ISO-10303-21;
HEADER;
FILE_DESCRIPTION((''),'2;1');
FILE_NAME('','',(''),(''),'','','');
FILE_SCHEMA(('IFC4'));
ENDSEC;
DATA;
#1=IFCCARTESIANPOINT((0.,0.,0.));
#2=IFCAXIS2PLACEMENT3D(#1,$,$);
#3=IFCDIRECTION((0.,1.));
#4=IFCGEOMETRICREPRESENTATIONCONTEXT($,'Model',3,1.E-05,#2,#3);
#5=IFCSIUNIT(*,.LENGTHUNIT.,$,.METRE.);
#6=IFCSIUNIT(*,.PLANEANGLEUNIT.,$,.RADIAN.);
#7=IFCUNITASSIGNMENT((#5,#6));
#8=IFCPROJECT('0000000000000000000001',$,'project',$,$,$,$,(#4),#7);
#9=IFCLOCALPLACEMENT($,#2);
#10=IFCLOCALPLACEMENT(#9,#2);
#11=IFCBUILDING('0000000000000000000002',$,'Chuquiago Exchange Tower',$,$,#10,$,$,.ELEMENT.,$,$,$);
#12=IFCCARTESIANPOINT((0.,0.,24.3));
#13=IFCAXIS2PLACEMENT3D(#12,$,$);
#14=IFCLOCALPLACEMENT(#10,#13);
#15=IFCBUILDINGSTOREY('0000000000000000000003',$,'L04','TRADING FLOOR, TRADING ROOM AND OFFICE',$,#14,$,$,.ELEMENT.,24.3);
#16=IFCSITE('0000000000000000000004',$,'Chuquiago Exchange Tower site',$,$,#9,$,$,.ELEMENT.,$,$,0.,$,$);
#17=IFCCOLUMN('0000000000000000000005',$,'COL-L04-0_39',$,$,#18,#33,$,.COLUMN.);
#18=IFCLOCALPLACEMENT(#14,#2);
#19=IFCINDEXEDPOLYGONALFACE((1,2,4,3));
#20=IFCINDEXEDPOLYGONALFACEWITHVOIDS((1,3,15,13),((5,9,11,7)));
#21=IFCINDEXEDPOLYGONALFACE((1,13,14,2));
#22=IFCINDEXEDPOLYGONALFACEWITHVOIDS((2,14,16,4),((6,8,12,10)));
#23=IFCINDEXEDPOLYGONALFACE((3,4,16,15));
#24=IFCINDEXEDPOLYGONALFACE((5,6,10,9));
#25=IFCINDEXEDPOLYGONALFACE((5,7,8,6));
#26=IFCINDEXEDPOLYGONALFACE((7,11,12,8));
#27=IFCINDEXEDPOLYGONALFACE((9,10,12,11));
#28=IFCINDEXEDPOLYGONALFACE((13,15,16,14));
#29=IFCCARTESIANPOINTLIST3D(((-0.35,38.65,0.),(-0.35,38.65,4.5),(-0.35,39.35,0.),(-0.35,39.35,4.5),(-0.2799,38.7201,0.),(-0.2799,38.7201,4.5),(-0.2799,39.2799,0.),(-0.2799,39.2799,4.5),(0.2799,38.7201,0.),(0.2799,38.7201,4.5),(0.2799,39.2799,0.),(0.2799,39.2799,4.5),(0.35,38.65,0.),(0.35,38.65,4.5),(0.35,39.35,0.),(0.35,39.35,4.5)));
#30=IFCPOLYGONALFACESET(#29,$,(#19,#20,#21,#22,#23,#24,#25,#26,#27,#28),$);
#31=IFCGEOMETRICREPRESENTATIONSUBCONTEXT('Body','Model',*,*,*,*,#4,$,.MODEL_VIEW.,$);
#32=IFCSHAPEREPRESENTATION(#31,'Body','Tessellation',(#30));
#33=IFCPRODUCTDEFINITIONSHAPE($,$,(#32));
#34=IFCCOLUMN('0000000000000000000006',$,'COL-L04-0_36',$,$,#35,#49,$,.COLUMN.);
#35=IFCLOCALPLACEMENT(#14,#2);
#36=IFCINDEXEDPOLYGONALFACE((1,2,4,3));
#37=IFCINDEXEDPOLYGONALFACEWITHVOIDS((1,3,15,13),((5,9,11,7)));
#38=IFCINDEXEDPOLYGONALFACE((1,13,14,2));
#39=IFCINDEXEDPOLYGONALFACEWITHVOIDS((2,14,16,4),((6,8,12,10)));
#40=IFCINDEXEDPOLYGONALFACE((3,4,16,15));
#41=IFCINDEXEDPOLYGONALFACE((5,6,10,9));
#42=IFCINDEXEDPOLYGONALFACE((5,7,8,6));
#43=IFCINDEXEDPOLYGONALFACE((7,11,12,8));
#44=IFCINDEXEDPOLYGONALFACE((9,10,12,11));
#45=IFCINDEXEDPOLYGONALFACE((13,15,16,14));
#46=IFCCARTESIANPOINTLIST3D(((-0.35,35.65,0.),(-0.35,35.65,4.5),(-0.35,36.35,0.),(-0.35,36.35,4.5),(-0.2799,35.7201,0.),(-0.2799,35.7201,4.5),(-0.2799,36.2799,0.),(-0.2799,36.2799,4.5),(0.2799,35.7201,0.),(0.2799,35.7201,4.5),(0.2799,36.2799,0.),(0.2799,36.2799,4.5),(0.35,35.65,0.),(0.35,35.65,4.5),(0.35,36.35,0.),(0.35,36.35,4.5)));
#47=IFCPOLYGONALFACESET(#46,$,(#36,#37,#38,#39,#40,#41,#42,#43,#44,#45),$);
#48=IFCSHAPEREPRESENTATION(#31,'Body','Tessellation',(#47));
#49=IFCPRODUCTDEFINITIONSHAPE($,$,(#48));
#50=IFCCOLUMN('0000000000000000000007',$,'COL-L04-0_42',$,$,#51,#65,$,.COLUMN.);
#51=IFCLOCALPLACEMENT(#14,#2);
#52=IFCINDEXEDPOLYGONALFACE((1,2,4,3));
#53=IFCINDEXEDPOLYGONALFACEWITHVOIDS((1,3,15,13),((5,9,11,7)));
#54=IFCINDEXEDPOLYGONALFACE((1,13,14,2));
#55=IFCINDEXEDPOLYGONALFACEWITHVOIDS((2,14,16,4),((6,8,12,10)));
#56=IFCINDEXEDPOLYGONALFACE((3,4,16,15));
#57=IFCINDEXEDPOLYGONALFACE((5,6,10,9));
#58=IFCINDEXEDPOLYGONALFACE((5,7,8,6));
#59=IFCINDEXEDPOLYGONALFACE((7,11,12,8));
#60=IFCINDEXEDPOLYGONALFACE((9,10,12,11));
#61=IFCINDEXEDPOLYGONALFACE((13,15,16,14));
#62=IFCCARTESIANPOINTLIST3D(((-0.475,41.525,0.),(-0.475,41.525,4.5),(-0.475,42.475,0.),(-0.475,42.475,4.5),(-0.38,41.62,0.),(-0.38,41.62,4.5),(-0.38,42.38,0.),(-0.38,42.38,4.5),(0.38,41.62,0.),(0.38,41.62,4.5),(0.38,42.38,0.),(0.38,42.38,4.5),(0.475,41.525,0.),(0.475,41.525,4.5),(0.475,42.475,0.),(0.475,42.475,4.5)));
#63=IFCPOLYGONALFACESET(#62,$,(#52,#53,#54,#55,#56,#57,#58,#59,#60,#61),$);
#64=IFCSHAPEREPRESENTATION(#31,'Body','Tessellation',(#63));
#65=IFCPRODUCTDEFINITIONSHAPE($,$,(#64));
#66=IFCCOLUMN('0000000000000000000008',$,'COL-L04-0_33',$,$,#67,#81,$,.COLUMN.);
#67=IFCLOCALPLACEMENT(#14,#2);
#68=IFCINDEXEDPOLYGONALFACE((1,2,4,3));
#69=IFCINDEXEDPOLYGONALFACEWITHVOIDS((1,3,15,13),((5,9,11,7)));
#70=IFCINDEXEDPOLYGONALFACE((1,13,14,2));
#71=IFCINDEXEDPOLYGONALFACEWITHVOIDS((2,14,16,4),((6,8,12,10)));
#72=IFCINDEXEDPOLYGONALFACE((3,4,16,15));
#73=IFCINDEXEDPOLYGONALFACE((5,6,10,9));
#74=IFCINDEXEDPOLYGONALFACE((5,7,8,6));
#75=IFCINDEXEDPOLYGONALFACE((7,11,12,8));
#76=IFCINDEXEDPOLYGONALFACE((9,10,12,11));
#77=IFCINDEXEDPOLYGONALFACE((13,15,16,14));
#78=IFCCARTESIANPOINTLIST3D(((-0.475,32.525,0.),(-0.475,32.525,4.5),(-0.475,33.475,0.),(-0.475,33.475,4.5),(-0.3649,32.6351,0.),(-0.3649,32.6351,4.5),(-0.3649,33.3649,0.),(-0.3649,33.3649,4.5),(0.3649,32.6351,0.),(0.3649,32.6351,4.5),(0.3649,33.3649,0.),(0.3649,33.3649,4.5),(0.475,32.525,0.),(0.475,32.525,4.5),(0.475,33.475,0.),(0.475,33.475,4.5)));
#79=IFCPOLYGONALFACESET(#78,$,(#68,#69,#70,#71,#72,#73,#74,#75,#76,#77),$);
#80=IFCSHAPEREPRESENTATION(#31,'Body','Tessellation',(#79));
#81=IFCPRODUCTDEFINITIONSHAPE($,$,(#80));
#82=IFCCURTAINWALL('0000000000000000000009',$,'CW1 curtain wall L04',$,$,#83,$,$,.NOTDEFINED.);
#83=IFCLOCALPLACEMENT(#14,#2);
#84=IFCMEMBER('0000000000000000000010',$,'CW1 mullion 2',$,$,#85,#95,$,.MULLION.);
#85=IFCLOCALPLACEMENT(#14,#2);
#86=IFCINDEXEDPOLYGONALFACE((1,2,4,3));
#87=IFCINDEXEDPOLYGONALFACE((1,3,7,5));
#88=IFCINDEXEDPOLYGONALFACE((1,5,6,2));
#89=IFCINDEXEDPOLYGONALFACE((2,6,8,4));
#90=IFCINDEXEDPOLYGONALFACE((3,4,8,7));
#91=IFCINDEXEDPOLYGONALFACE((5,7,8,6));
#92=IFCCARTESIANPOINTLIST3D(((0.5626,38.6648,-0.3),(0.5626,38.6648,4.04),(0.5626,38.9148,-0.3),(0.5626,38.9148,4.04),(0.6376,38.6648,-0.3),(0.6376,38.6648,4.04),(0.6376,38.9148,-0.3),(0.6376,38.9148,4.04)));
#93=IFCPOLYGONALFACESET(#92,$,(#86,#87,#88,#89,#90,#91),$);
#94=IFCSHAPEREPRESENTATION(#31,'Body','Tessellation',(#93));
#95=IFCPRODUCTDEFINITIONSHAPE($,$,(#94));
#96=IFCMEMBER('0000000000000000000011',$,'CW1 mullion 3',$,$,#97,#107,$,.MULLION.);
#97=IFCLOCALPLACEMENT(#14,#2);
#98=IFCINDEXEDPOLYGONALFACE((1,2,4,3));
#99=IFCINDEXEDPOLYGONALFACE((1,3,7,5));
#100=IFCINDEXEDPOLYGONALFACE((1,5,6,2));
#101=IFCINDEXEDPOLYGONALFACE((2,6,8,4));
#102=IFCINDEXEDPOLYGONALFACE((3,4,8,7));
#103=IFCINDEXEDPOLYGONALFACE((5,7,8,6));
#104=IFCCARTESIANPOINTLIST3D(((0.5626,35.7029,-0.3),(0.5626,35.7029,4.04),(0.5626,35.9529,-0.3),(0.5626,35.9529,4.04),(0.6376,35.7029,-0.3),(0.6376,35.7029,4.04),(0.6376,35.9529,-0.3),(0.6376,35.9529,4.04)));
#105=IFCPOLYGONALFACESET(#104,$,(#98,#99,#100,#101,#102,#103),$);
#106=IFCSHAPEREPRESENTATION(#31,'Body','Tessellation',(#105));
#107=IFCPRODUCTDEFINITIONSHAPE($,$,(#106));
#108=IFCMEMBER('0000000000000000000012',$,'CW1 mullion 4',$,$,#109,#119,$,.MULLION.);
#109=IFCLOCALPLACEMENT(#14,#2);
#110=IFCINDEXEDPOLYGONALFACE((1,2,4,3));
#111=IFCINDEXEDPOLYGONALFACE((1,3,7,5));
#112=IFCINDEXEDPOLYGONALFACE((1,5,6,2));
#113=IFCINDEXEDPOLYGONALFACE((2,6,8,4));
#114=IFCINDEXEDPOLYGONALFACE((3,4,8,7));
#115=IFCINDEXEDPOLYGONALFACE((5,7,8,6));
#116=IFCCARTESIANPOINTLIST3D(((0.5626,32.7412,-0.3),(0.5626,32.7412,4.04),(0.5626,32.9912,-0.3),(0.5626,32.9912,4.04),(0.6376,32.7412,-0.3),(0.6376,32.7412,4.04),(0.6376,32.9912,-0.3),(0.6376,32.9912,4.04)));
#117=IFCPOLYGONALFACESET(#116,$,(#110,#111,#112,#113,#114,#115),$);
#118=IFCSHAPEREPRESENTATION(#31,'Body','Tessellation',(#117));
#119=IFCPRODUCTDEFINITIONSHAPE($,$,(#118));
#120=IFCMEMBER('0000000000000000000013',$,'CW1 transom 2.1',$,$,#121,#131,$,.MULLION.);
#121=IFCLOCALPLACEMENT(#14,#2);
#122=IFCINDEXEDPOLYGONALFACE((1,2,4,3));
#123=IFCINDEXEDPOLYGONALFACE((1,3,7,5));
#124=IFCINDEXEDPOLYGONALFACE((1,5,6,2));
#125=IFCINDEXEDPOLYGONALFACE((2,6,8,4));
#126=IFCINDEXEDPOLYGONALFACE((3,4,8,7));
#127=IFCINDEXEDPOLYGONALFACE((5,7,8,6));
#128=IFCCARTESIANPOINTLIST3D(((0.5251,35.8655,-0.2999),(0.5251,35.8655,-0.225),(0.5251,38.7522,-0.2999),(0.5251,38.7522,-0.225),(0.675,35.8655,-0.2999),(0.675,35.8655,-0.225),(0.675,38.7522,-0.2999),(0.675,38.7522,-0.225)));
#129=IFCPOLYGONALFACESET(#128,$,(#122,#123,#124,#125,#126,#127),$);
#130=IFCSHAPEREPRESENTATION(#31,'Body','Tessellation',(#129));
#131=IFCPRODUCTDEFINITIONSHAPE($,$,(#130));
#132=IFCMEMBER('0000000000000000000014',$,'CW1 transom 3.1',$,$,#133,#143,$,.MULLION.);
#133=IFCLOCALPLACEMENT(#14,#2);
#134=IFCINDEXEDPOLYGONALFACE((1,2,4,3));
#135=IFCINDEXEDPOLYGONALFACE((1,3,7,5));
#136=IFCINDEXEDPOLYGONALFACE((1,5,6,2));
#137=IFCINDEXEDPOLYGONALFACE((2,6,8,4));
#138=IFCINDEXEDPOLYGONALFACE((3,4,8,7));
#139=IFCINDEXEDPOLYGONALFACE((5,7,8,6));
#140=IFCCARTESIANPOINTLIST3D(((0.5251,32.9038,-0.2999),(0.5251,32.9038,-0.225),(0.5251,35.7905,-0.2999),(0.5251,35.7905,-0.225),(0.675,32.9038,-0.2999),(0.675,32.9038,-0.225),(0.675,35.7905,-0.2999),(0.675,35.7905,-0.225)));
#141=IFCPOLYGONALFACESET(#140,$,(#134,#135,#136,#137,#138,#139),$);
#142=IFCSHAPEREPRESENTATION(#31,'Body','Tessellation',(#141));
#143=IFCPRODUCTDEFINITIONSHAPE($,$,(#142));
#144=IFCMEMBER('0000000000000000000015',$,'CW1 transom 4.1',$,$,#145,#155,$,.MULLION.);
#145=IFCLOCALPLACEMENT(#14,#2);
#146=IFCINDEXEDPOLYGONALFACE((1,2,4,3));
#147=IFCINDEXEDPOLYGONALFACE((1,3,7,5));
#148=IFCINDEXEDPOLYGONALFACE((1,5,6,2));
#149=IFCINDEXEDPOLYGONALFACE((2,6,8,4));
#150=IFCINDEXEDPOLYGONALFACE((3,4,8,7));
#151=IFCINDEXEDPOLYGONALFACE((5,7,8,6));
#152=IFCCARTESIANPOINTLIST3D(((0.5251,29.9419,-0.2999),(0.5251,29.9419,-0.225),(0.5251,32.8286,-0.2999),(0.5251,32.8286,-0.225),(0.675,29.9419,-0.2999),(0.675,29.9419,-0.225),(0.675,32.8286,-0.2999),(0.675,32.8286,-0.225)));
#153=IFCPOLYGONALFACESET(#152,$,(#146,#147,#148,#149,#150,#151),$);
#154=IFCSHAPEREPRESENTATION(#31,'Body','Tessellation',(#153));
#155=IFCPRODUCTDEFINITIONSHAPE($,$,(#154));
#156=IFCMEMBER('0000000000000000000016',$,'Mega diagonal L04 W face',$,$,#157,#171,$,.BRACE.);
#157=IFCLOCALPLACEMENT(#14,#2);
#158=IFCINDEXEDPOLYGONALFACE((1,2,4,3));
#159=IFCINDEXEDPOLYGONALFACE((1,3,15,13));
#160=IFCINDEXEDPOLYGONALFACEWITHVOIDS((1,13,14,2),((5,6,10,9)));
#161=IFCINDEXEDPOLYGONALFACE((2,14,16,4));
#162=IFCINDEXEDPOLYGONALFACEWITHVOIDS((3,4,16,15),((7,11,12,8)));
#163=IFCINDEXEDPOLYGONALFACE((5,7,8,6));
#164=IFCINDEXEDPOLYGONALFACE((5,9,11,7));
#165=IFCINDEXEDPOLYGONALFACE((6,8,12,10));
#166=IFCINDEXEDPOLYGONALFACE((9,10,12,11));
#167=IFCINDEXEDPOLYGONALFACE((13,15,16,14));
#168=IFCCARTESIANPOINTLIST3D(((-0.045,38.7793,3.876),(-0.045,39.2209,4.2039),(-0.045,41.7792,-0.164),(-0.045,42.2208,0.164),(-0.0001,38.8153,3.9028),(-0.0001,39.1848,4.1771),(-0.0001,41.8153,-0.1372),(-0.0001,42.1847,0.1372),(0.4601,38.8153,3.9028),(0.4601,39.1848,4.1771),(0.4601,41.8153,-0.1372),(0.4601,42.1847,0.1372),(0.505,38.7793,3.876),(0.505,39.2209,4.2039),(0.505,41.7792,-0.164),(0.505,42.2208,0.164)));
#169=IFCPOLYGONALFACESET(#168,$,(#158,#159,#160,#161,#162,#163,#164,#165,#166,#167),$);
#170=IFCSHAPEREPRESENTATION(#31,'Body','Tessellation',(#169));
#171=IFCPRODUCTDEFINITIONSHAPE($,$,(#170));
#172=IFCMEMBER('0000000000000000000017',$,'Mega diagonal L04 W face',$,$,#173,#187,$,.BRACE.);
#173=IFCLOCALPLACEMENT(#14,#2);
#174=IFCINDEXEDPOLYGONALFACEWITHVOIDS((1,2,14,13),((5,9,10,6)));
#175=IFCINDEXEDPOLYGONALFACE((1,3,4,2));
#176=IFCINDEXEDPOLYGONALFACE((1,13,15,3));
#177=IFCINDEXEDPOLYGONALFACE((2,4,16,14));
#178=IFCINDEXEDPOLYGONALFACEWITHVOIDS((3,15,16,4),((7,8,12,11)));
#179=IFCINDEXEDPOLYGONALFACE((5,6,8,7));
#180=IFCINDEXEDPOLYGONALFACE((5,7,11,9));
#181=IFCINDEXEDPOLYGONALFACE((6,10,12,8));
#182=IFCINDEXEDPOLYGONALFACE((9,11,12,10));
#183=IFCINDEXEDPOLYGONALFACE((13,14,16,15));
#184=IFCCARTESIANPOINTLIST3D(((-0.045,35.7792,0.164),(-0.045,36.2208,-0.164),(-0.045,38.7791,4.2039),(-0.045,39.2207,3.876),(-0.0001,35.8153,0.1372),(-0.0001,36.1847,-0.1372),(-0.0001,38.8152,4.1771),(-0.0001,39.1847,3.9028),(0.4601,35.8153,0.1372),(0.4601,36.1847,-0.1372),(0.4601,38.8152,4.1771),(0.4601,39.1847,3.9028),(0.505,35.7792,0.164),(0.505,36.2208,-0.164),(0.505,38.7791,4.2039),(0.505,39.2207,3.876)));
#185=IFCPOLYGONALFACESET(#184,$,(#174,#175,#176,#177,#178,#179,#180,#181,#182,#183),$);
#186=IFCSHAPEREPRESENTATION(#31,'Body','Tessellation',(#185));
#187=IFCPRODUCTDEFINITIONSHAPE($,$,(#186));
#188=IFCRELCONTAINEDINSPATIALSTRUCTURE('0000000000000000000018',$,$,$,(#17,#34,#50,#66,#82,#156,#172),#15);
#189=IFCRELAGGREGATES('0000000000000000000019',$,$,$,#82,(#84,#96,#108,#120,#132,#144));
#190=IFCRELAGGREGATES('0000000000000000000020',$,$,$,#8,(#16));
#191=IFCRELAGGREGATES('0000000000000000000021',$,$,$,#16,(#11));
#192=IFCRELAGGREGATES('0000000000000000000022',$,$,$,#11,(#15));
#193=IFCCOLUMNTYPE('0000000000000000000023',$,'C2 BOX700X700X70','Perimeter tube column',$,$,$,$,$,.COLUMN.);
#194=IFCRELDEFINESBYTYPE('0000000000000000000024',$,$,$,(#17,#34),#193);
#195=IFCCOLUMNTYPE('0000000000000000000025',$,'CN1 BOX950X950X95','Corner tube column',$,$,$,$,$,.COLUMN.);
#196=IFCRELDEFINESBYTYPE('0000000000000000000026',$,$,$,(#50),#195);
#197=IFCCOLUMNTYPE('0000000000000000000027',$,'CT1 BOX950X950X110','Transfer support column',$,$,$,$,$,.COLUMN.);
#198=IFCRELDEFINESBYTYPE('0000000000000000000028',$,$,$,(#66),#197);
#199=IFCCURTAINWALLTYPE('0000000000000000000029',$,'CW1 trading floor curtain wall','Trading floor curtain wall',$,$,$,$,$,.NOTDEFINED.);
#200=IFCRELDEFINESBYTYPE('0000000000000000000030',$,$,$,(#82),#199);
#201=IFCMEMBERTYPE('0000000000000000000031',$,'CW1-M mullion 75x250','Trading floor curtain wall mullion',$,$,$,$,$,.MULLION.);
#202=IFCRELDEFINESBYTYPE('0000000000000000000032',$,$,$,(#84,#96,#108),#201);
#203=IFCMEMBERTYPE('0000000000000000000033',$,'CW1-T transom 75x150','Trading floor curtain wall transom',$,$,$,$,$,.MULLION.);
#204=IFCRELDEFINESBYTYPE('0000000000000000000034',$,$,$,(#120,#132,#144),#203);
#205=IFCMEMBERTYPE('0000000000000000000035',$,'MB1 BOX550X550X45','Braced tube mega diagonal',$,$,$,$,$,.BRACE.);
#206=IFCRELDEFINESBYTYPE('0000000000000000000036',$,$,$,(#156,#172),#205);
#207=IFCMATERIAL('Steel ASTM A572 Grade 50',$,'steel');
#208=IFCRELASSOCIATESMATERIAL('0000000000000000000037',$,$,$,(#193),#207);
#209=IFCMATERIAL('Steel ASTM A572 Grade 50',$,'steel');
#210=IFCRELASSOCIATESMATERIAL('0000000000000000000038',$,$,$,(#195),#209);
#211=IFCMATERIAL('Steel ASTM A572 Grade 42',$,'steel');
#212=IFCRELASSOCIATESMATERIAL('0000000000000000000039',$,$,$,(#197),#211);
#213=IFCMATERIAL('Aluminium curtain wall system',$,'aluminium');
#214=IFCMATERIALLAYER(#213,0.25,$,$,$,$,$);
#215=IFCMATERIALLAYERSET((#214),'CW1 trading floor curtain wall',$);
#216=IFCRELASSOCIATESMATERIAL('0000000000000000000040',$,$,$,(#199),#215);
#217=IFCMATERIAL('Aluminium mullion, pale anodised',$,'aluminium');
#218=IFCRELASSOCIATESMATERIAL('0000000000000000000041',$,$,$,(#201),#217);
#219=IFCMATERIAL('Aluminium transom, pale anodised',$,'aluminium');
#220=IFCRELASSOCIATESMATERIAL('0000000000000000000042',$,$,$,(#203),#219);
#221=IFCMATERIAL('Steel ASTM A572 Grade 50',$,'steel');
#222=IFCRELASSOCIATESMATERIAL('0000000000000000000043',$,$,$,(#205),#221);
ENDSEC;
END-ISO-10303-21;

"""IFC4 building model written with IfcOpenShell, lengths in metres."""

from ifc_helpers import new_model, si_unit, direction, frame, origin, origin_2d, place, context, subcontext, project, spatial, rectangle, hollow_rectangle, extrude, material, layer, layer_set, material_profile, profile_set, type_object, element, aggregate, save


model = new_model("IFC4")

# Units and contexts
model_context = context("Model", 3, precision=1e-05, world=origin(), true_north=direction((0.0, 1.0)))
body_context = subcontext(model_context, "Body", "Model", "MODEL_VIEW")
ifc_project = project(units=[si_unit("LENGTHUNIT", "METRE"), si_unit("PLANEANGLEUNIT", "RADIAN")], contexts=[model_context])

# Site, building, storey
site_placement = place(None, origin())
site = spatial("IfcSite", under=ifc_project, at=site_placement, Name="Chuquiago Exchange Tower site", CompositionType="ELEMENT", RefElevation=0.0)
building_placement = place(site_placement, origin())
building = spatial("IfcBuilding", under=site, at=building_placement, Name="Chuquiago Exchange Tower", CompositionType="ELEMENT")
storey_placement = place(building_placement, frame((0.0, 0.0, 24.3)))
storey = spatial("IfcBuildingStorey", under=building, at=storey_placement, Name="L04", Description="TRADING FLOOR, TRADING ROOM AND OFFICE", CompositionType="ELEMENT", Elevation=24.3)

# Columns
ifc_material_1 = material(Name="Steel ASTM A572 Grade 50", Category="steel")
ifc_material_profile_1 = material_profile(ifc_material_1, hollow_rectangle(XDim=0.7, YDim=0.7, WallThickness=0.0701, at=origin_2d()), Name="BOX700X700X70")
ifc_profile_set_1 = profile_set([ifc_material_profile_1], Name="Steel ASTM A572 Grade 50")
column_type_1 = type_object("IfcColumnType", Name="C2 BOX700X700X70", Description="Perimeter tube column", PredefinedType="COLUMN", material=ifc_profile_set_1)
for number, where, z_axis, x_axis, name in (
    (1, (0.0, 39.0, 0.0), (0.0, 0.0, 1.0), (-1.0, 0.0, 0.0), "COL-L04-0_39"),
    (2, (0.0, 36.0, 0.0), (0.0, 0.0, 1.0), (-1.0, 0.0, 0.0), "COL-L04-0_36"),
):
    element("IfcColumn", number, at=place(storey_placement, frame(where, z_axis=z_axis, x_axis=x_axis)), inside=storey, type_object=column_type_1, Name=name, PredefinedType="COLUMN", context=body_context, shape_type="SweptSolid", body=[
        extrude(hollow_rectangle(XDim=0.7, YDim=0.7, WallThickness=0.0701, at=origin_2d()), origin(), (0.0, 0.0, 1.0), 4.5),
    ])
ifc_material_2 = material(Name="Steel ASTM A572 Grade 50", Category="steel")
ifc_material_profile_2 = material_profile(ifc_material_2, hollow_rectangle(XDim=0.95, YDim=0.95, WallThickness=0.095, at=origin_2d()), Name="BOX950X950X95")
ifc_profile_set_2 = profile_set([ifc_material_profile_2], Name="Steel ASTM A572 Grade 50")
column_type_2 = type_object("IfcColumnType", Name="CN1 BOX950X950X95", Description="Corner tube column", PredefinedType="COLUMN", material=ifc_profile_set_2)
column_1_placement = place(storey_placement, frame((0.0, 42.0, 0.0), z_axis=(0.0, 0.0, 1.0), x_axis=(-1.0, 0.0, 0.0)))
element("IfcColumn", 3, at=column_1_placement, inside=storey, type_object=column_type_2, Name="COL-L04-0_42", PredefinedType="COLUMN", context=body_context, shape_type="SweptSolid", body=[
    extrude(hollow_rectangle(XDim=0.95, YDim=0.95, WallThickness=0.095, at=origin_2d()), origin(), (0.0, 0.0, 1.0), 4.5),
])
ifc_material_3 = material(Name="Steel ASTM A572 Grade 42", Category="steel")
ifc_material_profile_3 = material_profile(ifc_material_3, hollow_rectangle(XDim=0.95, YDim=0.95, WallThickness=0.1101, at=origin_2d()), Name="BOX950X950X110")
ifc_profile_set_3 = profile_set([ifc_material_profile_3], Name="Steel ASTM A572 Grade 42")
column_type_3 = type_object("IfcColumnType", Name="CT1 BOX950X950X110", Description="Transfer support column", PredefinedType="COLUMN", material=ifc_profile_set_3)
column_2_placement = place(storey_placement, frame((0.0, 33.0, 0.0), z_axis=(0.0, 0.0, 1.0), x_axis=(-1.0, 0.0, 0.0)))
element("IfcColumn", 4, at=column_2_placement, inside=storey, type_object=column_type_3, Name="COL-L04-0_33", PredefinedType="COLUMN", context=body_context, shape_type="SweptSolid", body=[
    extrude(hollow_rectangle(XDim=0.95, YDim=0.95, WallThickness=0.1101, at=origin_2d()), origin(), (0.0, 0.0, 1.0), 4.5),
])

# Curtain wall, members
ifc_material_4 = material(Name="Aluminium curtain wall system", Category="aluminium")
ifc_layer_1 = layer(ifc_material_4, 0.25)
ifc_layer_set_1 = layer_set([ifc_layer_1], Name="CW1 trading floor curtain wall")
curtain_wall_type = type_object("IfcCurtainWallType", Name="CW1 trading floor curtain wall", Description="Trading floor curtain wall", PredefinedType="NOTDEFINED", material=ifc_layer_set_1)
curtain_wall_placement = place(storey_placement, origin())
curtain_wall = element("IfcCurtainWall", 5, at=curtain_wall_placement, inside=storey, type_object=curtain_wall_type, Name="CW1 curtain wall L04", PredefinedType="NOTDEFINED")
ifc_material_5 = material(Name="Aluminium mullion, pale anodised", Category="aluminium")
ifc_material_profile_4 = material_profile(ifc_material_5, rectangle(XDim=0.075, YDim=0.25, at=origin_2d()), Name="AL 75x250")
ifc_profile_set_4 = profile_set([ifc_material_profile_4], Name="Aluminium mullion, pale anodised")
member_type_1 = type_object("IfcMemberType", Name="CW1-M mullion 75x250", Description="Trading floor curtain wall mullion", PredefinedType="MULLION", material=ifc_profile_set_4)
member_1_placement = place(storey_placement, frame((0.6001, 38.7898, -0.3), z_axis=(0.0, 0.0, 1.0), x_axis=(1.0, 0.0, 0.0)))
member_1 = element("IfcMember", 6, at=member_1_placement, type_object=member_type_1, Name="CW1 mullion 2", PredefinedType="MULLION", context=body_context, shape_type="SweptSolid", body=[
    extrude(rectangle(XDim=0.075, YDim=0.25, at=origin_2d()), origin(), (0.0, 0.0, 1.0), 4.3401),
])
member_2_placement = place(storey_placement, frame((0.6001, 35.8279, -0.3), z_axis=(0.0, 0.0, 1.0), x_axis=(1.0, 0.0, 0.0)))
member_2 = element("IfcMember", 7, at=member_2_placement, type_object=member_type_1, Name="CW1 mullion 3", PredefinedType="MULLION", context=body_context, shape_type="SweptSolid", body=[
    extrude(rectangle(XDim=0.075, YDim=0.25, at=origin_2d()), origin(), (0.0, 0.0, 1.0), 4.3401),
])
member_3_placement = place(storey_placement, frame((0.6001, 32.8662, -0.3), z_axis=(0.0, 0.0, 1.0), x_axis=(1.0, 0.0, 0.0)))
member_3 = element("IfcMember", 8, at=member_3_placement, type_object=member_type_1, Name="CW1 mullion 4", PredefinedType="MULLION", context=body_context, shape_type="SweptSolid", body=[
    extrude(rectangle(XDim=0.075, YDim=0.25, at=origin_2d()), origin(), (0.0, 0.0, 1.0), 4.3401),
])
ifc_material_6 = material(Name="Aluminium transom, pale anodised", Category="aluminium")
ifc_material_profile_5 = material_profile(ifc_material_6, rectangle(XDim=0.1499, YDim=0.075, at=origin_2d()), Name="AL 150x75")
ifc_profile_set_5 = profile_set([ifc_material_profile_5], Name="Aluminium transom, pale anodised")
member_type_2 = type_object("IfcMemberType", Name="CW1-T transom 75x150", Description="Trading floor curtain wall transom", PredefinedType="MULLION", material=ifc_profile_set_5)
member_4_placement = place(storey_placement, frame((0.6001, 38.7522, -0.2625), z_axis=(0.0, -1.0, 0.0), x_axis=(1.0, 0.0, 0.0)))
member_4 = element("IfcMember", 9, at=member_4_placement, type_object=member_type_2, Name="CW1 transom 2.1", PredefinedType="MULLION", context=body_context, shape_type="SweptSolid", body=[
    extrude(rectangle(XDim=0.1499, YDim=0.075, at=origin_2d()), origin(), (0.0, 0.0, 1.0), 2.8867),
])
member_5_placement = place(storey_placement, frame((0.6001, 35.7905, -0.2625), z_axis=(0.0, -1.0, 0.0), x_axis=(1.0, 0.0, 0.0)))
member_5 = element("IfcMember", 10, at=member_5_placement, type_object=member_type_2, Name="CW1 transom 3.1", PredefinedType="MULLION", context=body_context, shape_type="SweptSolid", body=[
    extrude(rectangle(XDim=0.1499, YDim=0.075, at=origin_2d()), origin(), (0.0, 0.0, 1.0), 2.8867),
])
member_6_placement = place(storey_placement, frame((0.6001, 32.8286, -0.2625), z_axis=(0.0, -1.0, 0.0), x_axis=(1.0, 0.0, 0.0)))
member_6 = element("IfcMember", 11, at=member_6_placement, type_object=member_type_2, Name="CW1 transom 4.1", PredefinedType="MULLION", context=body_context, shape_type="SweptSolid", body=[
    extrude(rectangle(XDim=0.1499, YDim=0.075, at=origin_2d()), origin(), (0.0, 0.0, 1.0), 2.8867),
])

# Members
ifc_material_7 = material(Name="Steel ASTM A572 Grade 50", Category="steel")
ifc_material_profile_6 = material_profile(ifc_material_7, hollow_rectangle(XDim=0.55, YDim=0.55, WallThickness=0.0449, at=origin_2d()), Name="BOX550X550X45")
ifc_profile_set_6 = profile_set([ifc_material_profile_6], Name="Steel ASTM A572 Grade 50")
member_type_3 = type_object("IfcMemberType", Name="MB1 BOX550X550X45", Description="Braced tube mega diagonal", PredefinedType="BRACE", material=ifc_profile_set_6)
for number, where, z_axis, x_axis, name in (
    (12, (0.23, 42.0, 0.0), (0.0, -0.596174, 0.802855), (1.0, 0.0, 0.0), "Mega diagonal L04 W face"),
    (13, (0.23, 36.0, 0.0), (0.0, 0.596174, 0.802855), (-1.0, 0.0, 0.0), "Mega diagonal L04 W face"),
):
    element("IfcMember", number, at=place(storey_placement, frame(where, z_axis=z_axis, x_axis=x_axis)), inside=storey, type_object=member_type_3, Name=name, PredefinedType="BRACE", context=body_context, shape_type="SweptSolid", body=[
        extrude(hollow_rectangle(XDim=0.55, YDim=0.55, WallThickness=0.0449, at=origin_2d()), origin(), (0.0, 0.0, 1.0), 5.032),
    ])

aggregate(curtain_wall, [member_1, member_2, member_3, member_4, member_5, member_6])

save(model, "model.ifc")
